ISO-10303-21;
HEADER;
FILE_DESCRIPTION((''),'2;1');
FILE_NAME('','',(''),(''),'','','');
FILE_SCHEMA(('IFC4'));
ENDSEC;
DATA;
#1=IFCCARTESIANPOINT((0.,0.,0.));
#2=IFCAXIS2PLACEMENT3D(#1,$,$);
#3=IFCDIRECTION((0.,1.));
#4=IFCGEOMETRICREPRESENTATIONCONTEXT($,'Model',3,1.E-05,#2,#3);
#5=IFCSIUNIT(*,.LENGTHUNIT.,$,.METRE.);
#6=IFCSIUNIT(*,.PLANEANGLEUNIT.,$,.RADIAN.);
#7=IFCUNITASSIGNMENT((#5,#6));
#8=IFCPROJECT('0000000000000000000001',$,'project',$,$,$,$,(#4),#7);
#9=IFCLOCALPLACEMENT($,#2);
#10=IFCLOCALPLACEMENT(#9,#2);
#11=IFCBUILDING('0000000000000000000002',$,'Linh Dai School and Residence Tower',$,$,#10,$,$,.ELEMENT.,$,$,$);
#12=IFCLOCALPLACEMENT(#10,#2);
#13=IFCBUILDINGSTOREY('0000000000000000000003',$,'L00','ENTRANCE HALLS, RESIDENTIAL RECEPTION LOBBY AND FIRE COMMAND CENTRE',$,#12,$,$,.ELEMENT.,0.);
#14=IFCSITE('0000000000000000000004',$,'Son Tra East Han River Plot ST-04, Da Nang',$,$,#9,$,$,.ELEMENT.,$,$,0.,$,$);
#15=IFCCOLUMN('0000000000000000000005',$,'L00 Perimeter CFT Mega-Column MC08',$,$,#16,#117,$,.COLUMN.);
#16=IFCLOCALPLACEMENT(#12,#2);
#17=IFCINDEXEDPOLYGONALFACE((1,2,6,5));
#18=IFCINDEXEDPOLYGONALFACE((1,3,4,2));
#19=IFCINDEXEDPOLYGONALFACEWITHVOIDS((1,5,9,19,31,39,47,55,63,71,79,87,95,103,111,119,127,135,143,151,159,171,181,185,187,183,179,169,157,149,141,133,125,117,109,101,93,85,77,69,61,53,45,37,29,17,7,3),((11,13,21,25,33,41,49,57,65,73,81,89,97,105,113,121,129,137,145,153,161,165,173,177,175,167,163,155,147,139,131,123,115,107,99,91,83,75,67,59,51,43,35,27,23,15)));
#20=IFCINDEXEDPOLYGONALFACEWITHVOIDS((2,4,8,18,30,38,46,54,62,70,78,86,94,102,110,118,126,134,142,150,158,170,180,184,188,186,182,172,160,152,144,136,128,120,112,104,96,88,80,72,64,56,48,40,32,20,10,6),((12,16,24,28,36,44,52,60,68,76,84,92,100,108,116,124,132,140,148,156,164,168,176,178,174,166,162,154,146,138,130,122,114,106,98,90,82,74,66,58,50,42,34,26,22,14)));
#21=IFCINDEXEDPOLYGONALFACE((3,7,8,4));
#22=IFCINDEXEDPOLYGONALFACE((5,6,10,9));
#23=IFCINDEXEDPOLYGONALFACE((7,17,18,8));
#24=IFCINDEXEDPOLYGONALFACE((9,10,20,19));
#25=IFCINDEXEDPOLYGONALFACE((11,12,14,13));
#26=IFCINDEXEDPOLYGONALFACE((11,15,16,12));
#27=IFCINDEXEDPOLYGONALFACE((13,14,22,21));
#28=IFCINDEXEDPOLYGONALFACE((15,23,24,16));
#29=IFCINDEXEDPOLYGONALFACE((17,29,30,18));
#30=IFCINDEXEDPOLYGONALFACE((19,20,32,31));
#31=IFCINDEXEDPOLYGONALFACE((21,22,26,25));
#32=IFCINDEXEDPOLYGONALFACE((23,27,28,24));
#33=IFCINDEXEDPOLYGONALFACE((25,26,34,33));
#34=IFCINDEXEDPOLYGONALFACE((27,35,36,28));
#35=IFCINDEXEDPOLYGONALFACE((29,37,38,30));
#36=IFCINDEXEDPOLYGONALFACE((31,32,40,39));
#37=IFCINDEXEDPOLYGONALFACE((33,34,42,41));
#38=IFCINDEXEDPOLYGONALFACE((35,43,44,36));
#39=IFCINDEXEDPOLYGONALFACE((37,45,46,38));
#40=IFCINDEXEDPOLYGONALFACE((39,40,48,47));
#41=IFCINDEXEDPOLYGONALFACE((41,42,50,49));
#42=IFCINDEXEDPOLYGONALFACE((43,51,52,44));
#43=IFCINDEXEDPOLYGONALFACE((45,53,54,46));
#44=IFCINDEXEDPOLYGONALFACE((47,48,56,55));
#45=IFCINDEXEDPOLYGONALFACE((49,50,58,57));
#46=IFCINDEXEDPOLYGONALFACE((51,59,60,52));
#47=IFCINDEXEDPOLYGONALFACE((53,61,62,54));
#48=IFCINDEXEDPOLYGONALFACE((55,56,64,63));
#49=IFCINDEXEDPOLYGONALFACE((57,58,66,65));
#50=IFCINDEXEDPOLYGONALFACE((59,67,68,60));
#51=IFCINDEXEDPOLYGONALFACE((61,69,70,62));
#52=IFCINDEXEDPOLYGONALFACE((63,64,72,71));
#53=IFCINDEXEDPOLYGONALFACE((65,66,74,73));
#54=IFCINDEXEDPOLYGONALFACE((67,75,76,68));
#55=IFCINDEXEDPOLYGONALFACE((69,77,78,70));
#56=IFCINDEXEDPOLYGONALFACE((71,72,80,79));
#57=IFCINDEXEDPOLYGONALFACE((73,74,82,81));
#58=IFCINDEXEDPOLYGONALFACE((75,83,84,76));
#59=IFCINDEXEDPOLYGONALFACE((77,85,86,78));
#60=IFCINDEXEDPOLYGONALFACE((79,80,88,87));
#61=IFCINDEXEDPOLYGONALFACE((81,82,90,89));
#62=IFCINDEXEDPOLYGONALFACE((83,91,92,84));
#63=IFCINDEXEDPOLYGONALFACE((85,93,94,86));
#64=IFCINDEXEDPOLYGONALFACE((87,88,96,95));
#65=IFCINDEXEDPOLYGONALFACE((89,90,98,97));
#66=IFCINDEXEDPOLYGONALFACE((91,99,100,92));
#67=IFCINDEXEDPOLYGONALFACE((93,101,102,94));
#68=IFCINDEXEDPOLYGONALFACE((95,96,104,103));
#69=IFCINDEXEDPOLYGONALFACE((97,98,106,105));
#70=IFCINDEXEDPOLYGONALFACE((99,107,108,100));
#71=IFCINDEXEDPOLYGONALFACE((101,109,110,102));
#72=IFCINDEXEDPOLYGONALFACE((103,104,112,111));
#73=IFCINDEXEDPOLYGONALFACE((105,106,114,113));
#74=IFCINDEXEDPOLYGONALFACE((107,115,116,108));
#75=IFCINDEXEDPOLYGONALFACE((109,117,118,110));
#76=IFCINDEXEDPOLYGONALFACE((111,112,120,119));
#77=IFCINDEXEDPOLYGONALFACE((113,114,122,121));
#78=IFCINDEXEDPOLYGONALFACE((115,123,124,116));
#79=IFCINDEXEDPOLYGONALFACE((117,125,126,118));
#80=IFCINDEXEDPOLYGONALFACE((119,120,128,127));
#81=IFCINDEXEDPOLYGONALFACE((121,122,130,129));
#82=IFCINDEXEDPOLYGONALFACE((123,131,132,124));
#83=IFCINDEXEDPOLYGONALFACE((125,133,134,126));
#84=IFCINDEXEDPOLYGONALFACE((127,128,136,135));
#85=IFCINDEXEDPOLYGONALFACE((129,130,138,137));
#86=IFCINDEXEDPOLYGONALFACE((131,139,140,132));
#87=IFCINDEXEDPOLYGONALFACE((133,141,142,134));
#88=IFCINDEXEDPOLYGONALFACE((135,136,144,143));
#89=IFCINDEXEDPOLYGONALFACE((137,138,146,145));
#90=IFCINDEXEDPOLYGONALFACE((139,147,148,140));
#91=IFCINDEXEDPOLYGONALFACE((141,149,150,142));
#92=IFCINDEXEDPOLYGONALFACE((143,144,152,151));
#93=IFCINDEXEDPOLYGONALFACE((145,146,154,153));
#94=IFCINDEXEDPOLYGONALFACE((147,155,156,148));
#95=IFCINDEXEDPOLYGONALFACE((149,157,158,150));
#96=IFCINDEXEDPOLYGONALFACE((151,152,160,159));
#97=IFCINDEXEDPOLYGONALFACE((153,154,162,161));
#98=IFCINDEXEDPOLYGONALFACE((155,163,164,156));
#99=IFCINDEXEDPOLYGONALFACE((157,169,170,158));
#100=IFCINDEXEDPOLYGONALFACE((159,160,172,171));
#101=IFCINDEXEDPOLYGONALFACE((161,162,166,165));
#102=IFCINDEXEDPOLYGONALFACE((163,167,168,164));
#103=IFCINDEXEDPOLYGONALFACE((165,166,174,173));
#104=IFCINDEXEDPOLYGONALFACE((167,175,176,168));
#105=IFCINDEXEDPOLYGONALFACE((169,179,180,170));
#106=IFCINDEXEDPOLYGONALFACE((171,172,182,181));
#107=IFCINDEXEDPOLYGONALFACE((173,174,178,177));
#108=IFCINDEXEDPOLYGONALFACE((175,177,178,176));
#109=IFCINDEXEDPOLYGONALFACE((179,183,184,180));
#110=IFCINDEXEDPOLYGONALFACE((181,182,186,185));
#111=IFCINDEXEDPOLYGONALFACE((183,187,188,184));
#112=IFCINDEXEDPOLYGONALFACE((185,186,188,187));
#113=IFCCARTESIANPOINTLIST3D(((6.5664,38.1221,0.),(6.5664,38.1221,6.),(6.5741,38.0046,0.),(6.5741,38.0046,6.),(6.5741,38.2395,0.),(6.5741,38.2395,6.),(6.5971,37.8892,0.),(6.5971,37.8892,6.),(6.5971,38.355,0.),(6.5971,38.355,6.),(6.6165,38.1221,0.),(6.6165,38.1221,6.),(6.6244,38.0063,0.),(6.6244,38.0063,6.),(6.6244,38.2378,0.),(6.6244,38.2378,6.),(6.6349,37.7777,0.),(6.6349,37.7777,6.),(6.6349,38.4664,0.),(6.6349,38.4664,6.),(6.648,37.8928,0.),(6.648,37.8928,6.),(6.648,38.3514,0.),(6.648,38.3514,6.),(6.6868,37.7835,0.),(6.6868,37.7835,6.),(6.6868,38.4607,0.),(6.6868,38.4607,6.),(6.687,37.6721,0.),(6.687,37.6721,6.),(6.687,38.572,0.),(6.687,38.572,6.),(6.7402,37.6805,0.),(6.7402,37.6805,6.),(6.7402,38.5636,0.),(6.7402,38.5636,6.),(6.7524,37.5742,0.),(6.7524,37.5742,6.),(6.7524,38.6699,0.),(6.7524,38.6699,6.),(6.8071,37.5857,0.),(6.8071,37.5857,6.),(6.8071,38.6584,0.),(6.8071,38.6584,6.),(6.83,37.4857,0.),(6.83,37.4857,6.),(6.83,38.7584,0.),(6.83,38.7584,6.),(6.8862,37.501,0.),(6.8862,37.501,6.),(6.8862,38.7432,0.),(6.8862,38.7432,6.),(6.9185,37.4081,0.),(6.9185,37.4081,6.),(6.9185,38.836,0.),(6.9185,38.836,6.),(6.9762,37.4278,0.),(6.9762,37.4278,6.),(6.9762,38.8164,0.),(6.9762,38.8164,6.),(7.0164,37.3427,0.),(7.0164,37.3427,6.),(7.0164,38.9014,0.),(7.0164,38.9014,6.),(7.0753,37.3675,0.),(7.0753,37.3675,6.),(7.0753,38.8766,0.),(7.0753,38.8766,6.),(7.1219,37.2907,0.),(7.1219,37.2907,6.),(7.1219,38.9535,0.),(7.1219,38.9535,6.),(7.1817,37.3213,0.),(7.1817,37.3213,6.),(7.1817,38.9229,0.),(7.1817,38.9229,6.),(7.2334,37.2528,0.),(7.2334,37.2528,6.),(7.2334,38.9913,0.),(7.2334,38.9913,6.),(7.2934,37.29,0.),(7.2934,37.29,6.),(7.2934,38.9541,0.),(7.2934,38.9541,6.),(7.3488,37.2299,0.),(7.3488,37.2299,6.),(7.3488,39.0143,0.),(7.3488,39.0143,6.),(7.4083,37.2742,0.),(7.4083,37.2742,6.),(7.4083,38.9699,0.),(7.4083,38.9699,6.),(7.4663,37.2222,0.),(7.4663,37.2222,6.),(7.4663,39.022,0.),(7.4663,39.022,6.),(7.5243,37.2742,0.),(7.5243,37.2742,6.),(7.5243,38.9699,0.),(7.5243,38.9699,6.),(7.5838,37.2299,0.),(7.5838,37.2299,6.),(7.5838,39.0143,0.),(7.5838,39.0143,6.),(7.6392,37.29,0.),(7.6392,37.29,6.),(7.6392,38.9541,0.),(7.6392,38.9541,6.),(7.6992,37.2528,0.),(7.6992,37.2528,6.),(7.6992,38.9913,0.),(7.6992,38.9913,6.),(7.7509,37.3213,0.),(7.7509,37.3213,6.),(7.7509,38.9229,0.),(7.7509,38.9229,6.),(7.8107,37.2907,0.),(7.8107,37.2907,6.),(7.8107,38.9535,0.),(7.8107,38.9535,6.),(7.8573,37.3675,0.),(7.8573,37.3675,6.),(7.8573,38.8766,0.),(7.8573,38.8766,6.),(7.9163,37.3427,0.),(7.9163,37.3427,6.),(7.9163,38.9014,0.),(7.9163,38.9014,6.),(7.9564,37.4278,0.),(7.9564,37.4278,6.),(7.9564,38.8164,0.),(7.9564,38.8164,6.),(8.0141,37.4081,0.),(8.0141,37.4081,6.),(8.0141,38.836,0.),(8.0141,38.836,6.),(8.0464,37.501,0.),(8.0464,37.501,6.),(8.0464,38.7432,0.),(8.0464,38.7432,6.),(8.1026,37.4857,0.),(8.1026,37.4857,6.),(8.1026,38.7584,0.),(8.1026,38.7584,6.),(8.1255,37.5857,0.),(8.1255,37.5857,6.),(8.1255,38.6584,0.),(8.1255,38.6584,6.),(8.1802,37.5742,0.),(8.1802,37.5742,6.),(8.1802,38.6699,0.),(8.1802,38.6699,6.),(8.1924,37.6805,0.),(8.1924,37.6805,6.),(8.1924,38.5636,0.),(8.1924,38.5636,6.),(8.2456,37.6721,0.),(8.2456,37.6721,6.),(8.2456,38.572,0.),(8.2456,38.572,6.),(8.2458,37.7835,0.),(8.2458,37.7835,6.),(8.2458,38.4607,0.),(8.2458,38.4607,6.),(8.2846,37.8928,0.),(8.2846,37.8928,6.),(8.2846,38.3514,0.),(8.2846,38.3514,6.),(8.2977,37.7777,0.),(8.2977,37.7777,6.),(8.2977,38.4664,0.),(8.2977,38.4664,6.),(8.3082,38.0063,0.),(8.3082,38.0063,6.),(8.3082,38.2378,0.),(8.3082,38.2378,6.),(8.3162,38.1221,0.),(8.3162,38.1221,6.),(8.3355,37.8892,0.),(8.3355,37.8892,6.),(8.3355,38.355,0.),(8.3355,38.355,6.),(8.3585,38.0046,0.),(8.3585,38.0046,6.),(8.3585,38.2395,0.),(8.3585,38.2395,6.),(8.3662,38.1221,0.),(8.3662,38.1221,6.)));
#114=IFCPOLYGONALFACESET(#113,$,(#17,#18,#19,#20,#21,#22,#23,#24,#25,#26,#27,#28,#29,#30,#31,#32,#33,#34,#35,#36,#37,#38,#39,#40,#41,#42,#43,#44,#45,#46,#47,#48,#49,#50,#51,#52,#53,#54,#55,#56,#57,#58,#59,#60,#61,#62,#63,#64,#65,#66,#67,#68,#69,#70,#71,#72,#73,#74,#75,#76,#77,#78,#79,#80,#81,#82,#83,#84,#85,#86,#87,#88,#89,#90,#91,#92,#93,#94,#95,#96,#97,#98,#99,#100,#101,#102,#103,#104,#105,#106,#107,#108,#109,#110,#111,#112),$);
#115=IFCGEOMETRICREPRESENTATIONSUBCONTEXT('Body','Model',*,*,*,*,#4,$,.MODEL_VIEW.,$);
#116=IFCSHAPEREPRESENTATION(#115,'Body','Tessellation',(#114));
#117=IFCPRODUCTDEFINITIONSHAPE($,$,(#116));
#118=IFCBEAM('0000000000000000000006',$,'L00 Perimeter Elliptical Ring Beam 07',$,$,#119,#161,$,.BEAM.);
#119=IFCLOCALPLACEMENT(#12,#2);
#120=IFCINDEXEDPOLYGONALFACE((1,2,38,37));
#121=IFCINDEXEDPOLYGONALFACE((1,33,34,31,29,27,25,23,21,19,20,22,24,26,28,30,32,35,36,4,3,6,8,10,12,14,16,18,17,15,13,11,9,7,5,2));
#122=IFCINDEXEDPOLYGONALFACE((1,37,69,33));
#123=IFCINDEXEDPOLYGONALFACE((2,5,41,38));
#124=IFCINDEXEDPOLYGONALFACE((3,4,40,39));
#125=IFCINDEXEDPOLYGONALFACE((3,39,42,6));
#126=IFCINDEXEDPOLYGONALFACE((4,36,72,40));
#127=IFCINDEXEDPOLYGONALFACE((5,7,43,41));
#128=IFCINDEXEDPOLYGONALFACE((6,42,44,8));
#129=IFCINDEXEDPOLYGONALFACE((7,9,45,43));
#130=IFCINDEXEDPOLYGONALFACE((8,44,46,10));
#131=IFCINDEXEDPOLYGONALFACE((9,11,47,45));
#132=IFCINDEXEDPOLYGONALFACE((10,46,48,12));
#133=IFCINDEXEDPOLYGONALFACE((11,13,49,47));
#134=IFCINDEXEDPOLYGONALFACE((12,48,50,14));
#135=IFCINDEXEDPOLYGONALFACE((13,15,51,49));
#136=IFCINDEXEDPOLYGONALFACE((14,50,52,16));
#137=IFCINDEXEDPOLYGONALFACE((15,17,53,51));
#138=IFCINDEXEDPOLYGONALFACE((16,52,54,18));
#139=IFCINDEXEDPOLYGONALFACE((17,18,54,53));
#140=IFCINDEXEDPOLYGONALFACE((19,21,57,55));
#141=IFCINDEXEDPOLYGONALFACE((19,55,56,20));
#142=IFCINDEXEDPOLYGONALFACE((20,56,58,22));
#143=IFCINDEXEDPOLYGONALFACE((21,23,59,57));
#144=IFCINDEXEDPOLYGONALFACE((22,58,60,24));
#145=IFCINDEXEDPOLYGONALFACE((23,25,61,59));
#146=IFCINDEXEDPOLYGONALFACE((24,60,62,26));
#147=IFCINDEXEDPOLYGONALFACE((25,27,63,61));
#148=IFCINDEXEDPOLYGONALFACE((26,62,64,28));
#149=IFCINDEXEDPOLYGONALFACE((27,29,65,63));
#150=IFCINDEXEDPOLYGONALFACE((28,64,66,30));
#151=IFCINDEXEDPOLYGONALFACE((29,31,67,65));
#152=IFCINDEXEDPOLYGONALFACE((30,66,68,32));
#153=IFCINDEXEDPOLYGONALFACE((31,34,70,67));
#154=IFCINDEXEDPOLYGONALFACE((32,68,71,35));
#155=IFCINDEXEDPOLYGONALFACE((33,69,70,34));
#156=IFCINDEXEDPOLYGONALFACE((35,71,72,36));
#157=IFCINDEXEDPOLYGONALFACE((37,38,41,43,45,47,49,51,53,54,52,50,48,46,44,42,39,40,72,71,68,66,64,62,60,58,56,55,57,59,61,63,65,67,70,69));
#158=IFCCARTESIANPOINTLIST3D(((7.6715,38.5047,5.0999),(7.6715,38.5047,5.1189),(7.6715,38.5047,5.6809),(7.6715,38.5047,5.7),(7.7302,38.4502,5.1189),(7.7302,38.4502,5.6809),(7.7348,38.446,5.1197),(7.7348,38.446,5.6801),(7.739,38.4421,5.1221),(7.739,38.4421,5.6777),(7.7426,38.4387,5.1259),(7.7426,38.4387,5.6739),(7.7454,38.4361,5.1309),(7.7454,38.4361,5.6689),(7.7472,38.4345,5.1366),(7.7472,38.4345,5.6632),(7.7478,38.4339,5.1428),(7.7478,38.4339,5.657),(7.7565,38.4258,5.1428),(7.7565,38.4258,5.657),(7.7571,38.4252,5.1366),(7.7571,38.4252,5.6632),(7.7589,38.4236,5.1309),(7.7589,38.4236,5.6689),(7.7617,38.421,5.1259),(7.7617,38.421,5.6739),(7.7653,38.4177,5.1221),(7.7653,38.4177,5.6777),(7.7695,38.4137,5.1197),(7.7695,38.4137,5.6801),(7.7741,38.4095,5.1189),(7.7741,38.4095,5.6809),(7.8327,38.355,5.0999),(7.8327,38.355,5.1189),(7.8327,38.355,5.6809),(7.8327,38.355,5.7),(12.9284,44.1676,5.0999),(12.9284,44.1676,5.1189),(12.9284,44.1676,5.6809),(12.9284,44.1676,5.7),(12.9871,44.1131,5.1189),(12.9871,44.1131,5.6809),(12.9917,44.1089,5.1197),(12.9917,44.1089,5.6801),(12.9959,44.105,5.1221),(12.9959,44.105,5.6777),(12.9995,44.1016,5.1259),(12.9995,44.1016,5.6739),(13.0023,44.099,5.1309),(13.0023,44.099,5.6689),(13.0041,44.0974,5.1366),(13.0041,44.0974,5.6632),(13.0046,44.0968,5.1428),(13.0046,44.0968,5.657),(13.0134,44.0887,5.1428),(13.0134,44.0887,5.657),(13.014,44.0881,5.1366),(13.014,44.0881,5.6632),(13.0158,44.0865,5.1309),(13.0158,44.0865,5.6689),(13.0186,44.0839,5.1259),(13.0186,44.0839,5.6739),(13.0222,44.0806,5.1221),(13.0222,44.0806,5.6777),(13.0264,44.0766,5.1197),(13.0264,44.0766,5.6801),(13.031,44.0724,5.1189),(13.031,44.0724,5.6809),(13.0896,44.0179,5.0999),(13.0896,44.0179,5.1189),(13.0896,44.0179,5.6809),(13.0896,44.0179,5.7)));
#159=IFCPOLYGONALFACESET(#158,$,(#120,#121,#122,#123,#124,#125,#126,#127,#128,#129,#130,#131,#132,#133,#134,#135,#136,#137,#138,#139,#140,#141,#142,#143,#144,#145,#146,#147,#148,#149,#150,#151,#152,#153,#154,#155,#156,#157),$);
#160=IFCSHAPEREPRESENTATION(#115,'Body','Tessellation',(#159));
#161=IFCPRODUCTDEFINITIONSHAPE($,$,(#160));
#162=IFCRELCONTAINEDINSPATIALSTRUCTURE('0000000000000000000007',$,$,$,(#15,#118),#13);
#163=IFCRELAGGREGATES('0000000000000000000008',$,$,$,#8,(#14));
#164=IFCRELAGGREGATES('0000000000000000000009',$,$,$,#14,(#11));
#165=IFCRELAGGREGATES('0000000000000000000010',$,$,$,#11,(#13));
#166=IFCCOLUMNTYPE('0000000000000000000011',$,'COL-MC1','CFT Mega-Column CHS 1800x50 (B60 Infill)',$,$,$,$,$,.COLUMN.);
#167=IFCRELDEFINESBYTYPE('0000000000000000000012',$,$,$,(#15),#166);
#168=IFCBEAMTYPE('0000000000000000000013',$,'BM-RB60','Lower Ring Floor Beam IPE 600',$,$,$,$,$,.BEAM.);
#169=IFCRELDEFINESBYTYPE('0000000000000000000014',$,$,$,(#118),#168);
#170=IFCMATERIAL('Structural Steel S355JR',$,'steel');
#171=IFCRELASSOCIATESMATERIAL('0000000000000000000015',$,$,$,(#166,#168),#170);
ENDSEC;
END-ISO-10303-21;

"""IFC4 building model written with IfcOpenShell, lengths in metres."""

from ifc_helpers import new_model, si_unit, direction, frame, origin, origin_2d, place, context, subcontext, project, spatial, hollow_circle, i_section, extrude, material, material_profile, profile_set, type_object, element, save


model = new_model("IFC4")

# Units and contexts
model_context = context("Model", 3, precision=1e-05, world=origin(), true_north=direction((0.0, 1.0)))
body_context = subcontext(model_context, "Body", "Model", "MODEL_VIEW")
ifc_project = project(units=[si_unit("LENGTHUNIT", "METRE"), si_unit("PLANEANGLEUNIT", "RADIAN")], contexts=[model_context])

# Site, building, storey
site_placement = place(None, origin())
site = spatial("IfcSite", under=ifc_project, at=site_placement, Name="Son Tra East Han River Plot ST-04, Da Nang", CompositionType="ELEMENT", RefElevation=0.0)
building_placement = place(site_placement, origin())
building = spatial("IfcBuilding", under=site, at=building_placement, Name="Linh Dai School and Residence Tower", CompositionType="ELEMENT")
storey_placement = place(building_placement, origin())
storey = spatial("IfcBuildingStorey", under=building, at=storey_placement, Name="L00", Description="ENTRANCE HALLS, RESIDENTIAL RECEPTION LOBBY AND FIRE COMMAND CENTRE", CompositionType="ELEMENT", Elevation=0.0)

# Column
ifc_material_1 = material(Name="Structural Steel S355JR", Category="steel")
ifc_material_profile_1 = material_profile(ifc_material_1, hollow_circle(Radius=0.8999, WallThickness=0.05, at=origin_2d()), Name="CHS 1800x50")
ifc_profile_set_1 = profile_set([ifc_material_profile_1], Name="Structural Steel S355JR")
column_type = type_object("IfcColumnType", Name="COL-MC1", Description="CFT Mega-Column CHS 1800x50 (B60 Infill)", PredefinedType="COLUMN", material=ifc_profile_set_1)
for number, where, z_axis, x_axis, name in (
    (1, (7.4663, 38.1221, 0.0), (0.0, 0.0, 1.0), (1.0, 0.0, 0.0), "L00 Perimeter CFT Mega-Column MC08"),
):
    element("IfcColumn", number, at=place(storey_placement, frame(where, z_axis=z_axis, x_axis=x_axis)), inside=storey, type_object=column_type, Name=name, PredefinedType="COLUMN", context=body_context, shape_type="SweptSolid", body=[
        extrude(hollow_circle(Radius=0.8999, WallThickness=0.05, at=origin_2d()), origin(), (0.0, 0.0, 1.0), 6.0),
    ])

# Beam
ifc_material_profile_2 = material_profile(ifc_material_1, i_section(OverallWidth=0.22, OverallDepth=0.6001, WebThickness=0.012, FlangeThickness=0.019, FilletRadius=0.0239, at=origin_2d()), Name="IPE 600")
ifc_profile_set_2 = profile_set([ifc_material_profile_2], Name="Structural Steel S355JR")
beam_type_1 = type_object("IfcBeamType", Name="BM-RB60", Description="Lower Ring Floor Beam IPE 600", PredefinedType="BEAM", material=ifc_profile_set_2)
beam_1_placement = place(storey_placement, frame((13.009, 44.0928, 5.3999), z_axis=(-0.680346, -0.732891, 0.0), x_axis=(0.732891, -0.680346, 0.0)))
element("IfcBeam", 2, at=beam_1_placement, inside=storey, type_object=beam_type_1, Name="L00 Perimeter Elliptical Ring Beam 07", PredefinedType="BEAM", context=body_context, shape_type="SweptSolid", body=[
    extrude(i_section(OverallWidth=0.22, OverallDepth=0.6001, WebThickness=0.012, FlangeThickness=0.019, FilletRadius=0.0239, at=origin_2d()), origin(), (0.0, 0.0, 1.0), 7.7268),
])

save(model, "model.ifc")
